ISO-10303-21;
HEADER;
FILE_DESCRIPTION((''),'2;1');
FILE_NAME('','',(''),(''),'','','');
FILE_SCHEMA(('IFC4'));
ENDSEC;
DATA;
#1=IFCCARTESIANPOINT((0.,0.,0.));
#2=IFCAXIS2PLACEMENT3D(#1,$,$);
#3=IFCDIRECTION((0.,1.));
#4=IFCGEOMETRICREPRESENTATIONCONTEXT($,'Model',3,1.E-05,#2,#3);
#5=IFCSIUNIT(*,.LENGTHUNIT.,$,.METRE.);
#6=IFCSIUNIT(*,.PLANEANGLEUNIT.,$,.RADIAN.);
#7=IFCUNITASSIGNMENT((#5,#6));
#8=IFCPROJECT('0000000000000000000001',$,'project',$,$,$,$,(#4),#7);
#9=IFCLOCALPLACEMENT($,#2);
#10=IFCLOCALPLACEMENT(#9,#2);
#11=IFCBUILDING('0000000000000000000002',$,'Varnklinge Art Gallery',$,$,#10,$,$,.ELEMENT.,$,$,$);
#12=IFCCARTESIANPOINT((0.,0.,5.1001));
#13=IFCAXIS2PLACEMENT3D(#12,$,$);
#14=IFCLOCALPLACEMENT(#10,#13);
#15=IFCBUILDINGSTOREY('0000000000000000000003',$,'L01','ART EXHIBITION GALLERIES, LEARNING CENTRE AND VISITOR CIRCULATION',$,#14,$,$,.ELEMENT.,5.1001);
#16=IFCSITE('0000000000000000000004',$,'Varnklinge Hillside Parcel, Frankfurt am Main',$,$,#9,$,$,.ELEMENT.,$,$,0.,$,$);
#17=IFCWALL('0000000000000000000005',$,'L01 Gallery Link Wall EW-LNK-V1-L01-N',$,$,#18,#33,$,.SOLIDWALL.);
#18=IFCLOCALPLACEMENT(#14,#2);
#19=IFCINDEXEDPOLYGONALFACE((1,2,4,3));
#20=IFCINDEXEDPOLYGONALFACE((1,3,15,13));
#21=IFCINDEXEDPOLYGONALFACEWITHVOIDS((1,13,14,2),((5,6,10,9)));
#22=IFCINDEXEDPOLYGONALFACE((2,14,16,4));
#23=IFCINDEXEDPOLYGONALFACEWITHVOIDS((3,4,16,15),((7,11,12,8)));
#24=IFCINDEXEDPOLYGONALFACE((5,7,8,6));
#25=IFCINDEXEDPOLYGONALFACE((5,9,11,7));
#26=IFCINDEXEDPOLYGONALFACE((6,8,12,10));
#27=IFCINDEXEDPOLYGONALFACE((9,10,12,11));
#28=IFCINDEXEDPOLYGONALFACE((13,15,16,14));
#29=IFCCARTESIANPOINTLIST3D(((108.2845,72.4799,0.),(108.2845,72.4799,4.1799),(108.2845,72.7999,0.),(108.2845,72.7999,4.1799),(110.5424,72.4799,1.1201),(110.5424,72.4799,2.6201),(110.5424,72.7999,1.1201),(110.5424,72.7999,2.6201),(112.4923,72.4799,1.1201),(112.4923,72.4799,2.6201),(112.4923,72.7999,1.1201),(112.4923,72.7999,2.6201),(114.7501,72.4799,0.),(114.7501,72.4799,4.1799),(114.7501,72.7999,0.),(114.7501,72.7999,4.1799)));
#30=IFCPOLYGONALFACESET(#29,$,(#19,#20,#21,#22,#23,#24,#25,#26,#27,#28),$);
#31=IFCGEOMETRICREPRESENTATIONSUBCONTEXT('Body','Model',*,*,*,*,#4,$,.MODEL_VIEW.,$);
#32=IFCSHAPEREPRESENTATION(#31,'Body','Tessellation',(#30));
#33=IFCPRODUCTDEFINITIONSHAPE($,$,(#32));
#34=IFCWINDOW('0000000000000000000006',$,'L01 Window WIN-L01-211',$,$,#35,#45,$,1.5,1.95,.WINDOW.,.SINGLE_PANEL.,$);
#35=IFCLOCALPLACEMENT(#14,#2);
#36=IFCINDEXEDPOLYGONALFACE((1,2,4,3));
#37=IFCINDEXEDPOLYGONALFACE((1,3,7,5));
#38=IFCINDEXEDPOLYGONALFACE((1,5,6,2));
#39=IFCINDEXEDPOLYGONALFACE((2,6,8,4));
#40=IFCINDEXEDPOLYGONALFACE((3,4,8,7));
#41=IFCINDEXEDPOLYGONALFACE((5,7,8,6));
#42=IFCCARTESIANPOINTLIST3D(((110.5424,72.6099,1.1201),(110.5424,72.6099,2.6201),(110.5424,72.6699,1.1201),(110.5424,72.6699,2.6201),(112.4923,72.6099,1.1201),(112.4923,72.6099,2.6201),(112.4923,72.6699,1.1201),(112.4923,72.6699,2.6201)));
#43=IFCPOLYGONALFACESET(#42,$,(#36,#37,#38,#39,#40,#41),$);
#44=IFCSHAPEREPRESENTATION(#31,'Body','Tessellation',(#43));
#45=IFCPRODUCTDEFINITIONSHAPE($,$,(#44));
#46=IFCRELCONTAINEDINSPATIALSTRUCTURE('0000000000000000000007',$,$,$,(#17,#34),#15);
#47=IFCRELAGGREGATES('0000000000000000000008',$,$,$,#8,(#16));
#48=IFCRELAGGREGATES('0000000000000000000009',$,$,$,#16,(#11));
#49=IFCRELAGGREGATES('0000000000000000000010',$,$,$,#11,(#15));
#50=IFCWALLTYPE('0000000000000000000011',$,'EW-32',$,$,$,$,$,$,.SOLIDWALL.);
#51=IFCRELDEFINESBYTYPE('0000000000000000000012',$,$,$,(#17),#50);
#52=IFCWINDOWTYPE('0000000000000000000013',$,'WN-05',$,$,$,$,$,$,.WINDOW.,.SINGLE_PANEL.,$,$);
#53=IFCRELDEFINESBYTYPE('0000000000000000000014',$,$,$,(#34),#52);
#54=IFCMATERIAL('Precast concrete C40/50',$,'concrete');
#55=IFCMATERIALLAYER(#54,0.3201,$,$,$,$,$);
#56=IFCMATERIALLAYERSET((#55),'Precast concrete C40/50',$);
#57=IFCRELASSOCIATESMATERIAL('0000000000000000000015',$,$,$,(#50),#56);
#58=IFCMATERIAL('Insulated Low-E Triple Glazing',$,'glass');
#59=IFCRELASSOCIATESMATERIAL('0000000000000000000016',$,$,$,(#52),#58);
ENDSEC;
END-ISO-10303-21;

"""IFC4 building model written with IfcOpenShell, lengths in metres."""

from ifc_helpers import new_model, si_unit, direction, frame, frame_2d, origin, place, context, subcontext, project, spatial, rectangle, extrude, material, layer, layer_set, type_object, element, fill, save


model = new_model("IFC4")

# Units and contexts
model_context = context("Model", 3, precision=1e-05, world=origin(), true_north=direction((0.0, 1.0)))
body_context = subcontext(model_context, "Body", "Model", "MODEL_VIEW")
ifc_project = project(units=[si_unit("LENGTHUNIT", "METRE"), si_unit("PLANEANGLEUNIT", "RADIAN")], contexts=[model_context])

# Site, building, storey
site_placement = place(None, origin())
site = spatial("IfcSite", under=ifc_project, at=site_placement, Name="Varnklinge Hillside Parcel, Frankfurt am Main", CompositionType="ELEMENT", RefElevation=0.0)
building_placement = place(site_placement, origin())
building = spatial("IfcBuilding", under=site, at=building_placement, Name="Varnklinge Art Gallery", CompositionType="ELEMENT")
storey_placement = place(building_placement, frame((0.0, 0.0, 5.1001)))
storey = spatial("IfcBuildingStorey", under=building, at=storey_placement, Name="L01", Description="ART EXHIBITION GALLERIES, LEARNING CENTRE AND VISITOR CIRCULATION", CompositionType="ELEMENT", Elevation=5.1001)

# Shared definitions
ifc_material_1 = material(Name="Precast concrete C40/50", Category="concrete")
ifc_layer_1 = layer(ifc_material_1, 0.3201)
ifc_layer_set_1 = layer_set([ifc_layer_1], Name="Precast concrete C40/50")
wall_type = type_object("IfcWallType", Name="EW-32", PredefinedType="SOLIDWALL", material=ifc_layer_set_1)

# Wall, opening, window
wall_1_placement = place(storey_placement, frame((108.2844, 72.6399, 0.0), z_axis=(0.0, 0.0, 1.0), x_axis=(1.0, 0.0, 0.0)))
wall_1 = element("IfcWall", 1, at=wall_1_placement, inside=storey, type_object=wall_type, Name="L01 Gallery Link Wall EW-LNK-V1-L01-N", PredefinedType="SOLIDWALL", context=body_context, shape_type="SweptSolid", body=[
    extrude(rectangle(XDim=6.4656, YDim=0.3201, at=frame_2d((3.2329, 0.0))), origin(), (0.0, 0.0, 1.0), 4.1799),
])
opening_placement = place(wall_1_placement, frame((2.2578, 0.0, 1.1201)))
opening = element("IfcOpeningElement", 2, at=opening_placement, cuts=wall_1, PredefinedType="OPENING", context=body_context, shape_type="SweptSolid", body=[
    extrude(rectangle(XDim=1.95, YDim=1.5, at=frame_2d((0.9751, 0.75))), frame((0.0, 0.1702, 0.0), z_axis=(0.0, -1.0, 0.0), x_axis=(1.0, 0.0, 0.0)), (0.0, 0.0, 1.0), 0.3401),
])
ifc_material_2 = material(Name="Insulated Low-E Triple Glazing", Category="glass")
window_type = type_object("IfcWindowType", Name="WN-05", PartitioningType="SINGLE_PANEL", PredefinedType="WINDOW", material=ifc_material_2)
window_placement = place(opening_placement, origin())
window = element("IfcWindow", 3, at=window_placement, inside=storey, type_object=window_type, Name="L01 Window WIN-L01-211", OverallHeight=1.5, OverallWidth=1.95, PartitioningType="SINGLE_PANEL", PredefinedType="WINDOW", context=body_context, shape_type="SweptSolid", body=[
    extrude(rectangle(XDim=1.95, YDim=1.5, at=frame_2d((0.9751, 0.75))), frame((0.0, 0.03, 0.0), z_axis=(0.0, -1.0, 0.0), x_axis=(1.0, 0.0, 0.0)), (0.0, 0.0, 1.0), 0.0601),
])
fill(opening, window)

save(model, "model.ifc")
